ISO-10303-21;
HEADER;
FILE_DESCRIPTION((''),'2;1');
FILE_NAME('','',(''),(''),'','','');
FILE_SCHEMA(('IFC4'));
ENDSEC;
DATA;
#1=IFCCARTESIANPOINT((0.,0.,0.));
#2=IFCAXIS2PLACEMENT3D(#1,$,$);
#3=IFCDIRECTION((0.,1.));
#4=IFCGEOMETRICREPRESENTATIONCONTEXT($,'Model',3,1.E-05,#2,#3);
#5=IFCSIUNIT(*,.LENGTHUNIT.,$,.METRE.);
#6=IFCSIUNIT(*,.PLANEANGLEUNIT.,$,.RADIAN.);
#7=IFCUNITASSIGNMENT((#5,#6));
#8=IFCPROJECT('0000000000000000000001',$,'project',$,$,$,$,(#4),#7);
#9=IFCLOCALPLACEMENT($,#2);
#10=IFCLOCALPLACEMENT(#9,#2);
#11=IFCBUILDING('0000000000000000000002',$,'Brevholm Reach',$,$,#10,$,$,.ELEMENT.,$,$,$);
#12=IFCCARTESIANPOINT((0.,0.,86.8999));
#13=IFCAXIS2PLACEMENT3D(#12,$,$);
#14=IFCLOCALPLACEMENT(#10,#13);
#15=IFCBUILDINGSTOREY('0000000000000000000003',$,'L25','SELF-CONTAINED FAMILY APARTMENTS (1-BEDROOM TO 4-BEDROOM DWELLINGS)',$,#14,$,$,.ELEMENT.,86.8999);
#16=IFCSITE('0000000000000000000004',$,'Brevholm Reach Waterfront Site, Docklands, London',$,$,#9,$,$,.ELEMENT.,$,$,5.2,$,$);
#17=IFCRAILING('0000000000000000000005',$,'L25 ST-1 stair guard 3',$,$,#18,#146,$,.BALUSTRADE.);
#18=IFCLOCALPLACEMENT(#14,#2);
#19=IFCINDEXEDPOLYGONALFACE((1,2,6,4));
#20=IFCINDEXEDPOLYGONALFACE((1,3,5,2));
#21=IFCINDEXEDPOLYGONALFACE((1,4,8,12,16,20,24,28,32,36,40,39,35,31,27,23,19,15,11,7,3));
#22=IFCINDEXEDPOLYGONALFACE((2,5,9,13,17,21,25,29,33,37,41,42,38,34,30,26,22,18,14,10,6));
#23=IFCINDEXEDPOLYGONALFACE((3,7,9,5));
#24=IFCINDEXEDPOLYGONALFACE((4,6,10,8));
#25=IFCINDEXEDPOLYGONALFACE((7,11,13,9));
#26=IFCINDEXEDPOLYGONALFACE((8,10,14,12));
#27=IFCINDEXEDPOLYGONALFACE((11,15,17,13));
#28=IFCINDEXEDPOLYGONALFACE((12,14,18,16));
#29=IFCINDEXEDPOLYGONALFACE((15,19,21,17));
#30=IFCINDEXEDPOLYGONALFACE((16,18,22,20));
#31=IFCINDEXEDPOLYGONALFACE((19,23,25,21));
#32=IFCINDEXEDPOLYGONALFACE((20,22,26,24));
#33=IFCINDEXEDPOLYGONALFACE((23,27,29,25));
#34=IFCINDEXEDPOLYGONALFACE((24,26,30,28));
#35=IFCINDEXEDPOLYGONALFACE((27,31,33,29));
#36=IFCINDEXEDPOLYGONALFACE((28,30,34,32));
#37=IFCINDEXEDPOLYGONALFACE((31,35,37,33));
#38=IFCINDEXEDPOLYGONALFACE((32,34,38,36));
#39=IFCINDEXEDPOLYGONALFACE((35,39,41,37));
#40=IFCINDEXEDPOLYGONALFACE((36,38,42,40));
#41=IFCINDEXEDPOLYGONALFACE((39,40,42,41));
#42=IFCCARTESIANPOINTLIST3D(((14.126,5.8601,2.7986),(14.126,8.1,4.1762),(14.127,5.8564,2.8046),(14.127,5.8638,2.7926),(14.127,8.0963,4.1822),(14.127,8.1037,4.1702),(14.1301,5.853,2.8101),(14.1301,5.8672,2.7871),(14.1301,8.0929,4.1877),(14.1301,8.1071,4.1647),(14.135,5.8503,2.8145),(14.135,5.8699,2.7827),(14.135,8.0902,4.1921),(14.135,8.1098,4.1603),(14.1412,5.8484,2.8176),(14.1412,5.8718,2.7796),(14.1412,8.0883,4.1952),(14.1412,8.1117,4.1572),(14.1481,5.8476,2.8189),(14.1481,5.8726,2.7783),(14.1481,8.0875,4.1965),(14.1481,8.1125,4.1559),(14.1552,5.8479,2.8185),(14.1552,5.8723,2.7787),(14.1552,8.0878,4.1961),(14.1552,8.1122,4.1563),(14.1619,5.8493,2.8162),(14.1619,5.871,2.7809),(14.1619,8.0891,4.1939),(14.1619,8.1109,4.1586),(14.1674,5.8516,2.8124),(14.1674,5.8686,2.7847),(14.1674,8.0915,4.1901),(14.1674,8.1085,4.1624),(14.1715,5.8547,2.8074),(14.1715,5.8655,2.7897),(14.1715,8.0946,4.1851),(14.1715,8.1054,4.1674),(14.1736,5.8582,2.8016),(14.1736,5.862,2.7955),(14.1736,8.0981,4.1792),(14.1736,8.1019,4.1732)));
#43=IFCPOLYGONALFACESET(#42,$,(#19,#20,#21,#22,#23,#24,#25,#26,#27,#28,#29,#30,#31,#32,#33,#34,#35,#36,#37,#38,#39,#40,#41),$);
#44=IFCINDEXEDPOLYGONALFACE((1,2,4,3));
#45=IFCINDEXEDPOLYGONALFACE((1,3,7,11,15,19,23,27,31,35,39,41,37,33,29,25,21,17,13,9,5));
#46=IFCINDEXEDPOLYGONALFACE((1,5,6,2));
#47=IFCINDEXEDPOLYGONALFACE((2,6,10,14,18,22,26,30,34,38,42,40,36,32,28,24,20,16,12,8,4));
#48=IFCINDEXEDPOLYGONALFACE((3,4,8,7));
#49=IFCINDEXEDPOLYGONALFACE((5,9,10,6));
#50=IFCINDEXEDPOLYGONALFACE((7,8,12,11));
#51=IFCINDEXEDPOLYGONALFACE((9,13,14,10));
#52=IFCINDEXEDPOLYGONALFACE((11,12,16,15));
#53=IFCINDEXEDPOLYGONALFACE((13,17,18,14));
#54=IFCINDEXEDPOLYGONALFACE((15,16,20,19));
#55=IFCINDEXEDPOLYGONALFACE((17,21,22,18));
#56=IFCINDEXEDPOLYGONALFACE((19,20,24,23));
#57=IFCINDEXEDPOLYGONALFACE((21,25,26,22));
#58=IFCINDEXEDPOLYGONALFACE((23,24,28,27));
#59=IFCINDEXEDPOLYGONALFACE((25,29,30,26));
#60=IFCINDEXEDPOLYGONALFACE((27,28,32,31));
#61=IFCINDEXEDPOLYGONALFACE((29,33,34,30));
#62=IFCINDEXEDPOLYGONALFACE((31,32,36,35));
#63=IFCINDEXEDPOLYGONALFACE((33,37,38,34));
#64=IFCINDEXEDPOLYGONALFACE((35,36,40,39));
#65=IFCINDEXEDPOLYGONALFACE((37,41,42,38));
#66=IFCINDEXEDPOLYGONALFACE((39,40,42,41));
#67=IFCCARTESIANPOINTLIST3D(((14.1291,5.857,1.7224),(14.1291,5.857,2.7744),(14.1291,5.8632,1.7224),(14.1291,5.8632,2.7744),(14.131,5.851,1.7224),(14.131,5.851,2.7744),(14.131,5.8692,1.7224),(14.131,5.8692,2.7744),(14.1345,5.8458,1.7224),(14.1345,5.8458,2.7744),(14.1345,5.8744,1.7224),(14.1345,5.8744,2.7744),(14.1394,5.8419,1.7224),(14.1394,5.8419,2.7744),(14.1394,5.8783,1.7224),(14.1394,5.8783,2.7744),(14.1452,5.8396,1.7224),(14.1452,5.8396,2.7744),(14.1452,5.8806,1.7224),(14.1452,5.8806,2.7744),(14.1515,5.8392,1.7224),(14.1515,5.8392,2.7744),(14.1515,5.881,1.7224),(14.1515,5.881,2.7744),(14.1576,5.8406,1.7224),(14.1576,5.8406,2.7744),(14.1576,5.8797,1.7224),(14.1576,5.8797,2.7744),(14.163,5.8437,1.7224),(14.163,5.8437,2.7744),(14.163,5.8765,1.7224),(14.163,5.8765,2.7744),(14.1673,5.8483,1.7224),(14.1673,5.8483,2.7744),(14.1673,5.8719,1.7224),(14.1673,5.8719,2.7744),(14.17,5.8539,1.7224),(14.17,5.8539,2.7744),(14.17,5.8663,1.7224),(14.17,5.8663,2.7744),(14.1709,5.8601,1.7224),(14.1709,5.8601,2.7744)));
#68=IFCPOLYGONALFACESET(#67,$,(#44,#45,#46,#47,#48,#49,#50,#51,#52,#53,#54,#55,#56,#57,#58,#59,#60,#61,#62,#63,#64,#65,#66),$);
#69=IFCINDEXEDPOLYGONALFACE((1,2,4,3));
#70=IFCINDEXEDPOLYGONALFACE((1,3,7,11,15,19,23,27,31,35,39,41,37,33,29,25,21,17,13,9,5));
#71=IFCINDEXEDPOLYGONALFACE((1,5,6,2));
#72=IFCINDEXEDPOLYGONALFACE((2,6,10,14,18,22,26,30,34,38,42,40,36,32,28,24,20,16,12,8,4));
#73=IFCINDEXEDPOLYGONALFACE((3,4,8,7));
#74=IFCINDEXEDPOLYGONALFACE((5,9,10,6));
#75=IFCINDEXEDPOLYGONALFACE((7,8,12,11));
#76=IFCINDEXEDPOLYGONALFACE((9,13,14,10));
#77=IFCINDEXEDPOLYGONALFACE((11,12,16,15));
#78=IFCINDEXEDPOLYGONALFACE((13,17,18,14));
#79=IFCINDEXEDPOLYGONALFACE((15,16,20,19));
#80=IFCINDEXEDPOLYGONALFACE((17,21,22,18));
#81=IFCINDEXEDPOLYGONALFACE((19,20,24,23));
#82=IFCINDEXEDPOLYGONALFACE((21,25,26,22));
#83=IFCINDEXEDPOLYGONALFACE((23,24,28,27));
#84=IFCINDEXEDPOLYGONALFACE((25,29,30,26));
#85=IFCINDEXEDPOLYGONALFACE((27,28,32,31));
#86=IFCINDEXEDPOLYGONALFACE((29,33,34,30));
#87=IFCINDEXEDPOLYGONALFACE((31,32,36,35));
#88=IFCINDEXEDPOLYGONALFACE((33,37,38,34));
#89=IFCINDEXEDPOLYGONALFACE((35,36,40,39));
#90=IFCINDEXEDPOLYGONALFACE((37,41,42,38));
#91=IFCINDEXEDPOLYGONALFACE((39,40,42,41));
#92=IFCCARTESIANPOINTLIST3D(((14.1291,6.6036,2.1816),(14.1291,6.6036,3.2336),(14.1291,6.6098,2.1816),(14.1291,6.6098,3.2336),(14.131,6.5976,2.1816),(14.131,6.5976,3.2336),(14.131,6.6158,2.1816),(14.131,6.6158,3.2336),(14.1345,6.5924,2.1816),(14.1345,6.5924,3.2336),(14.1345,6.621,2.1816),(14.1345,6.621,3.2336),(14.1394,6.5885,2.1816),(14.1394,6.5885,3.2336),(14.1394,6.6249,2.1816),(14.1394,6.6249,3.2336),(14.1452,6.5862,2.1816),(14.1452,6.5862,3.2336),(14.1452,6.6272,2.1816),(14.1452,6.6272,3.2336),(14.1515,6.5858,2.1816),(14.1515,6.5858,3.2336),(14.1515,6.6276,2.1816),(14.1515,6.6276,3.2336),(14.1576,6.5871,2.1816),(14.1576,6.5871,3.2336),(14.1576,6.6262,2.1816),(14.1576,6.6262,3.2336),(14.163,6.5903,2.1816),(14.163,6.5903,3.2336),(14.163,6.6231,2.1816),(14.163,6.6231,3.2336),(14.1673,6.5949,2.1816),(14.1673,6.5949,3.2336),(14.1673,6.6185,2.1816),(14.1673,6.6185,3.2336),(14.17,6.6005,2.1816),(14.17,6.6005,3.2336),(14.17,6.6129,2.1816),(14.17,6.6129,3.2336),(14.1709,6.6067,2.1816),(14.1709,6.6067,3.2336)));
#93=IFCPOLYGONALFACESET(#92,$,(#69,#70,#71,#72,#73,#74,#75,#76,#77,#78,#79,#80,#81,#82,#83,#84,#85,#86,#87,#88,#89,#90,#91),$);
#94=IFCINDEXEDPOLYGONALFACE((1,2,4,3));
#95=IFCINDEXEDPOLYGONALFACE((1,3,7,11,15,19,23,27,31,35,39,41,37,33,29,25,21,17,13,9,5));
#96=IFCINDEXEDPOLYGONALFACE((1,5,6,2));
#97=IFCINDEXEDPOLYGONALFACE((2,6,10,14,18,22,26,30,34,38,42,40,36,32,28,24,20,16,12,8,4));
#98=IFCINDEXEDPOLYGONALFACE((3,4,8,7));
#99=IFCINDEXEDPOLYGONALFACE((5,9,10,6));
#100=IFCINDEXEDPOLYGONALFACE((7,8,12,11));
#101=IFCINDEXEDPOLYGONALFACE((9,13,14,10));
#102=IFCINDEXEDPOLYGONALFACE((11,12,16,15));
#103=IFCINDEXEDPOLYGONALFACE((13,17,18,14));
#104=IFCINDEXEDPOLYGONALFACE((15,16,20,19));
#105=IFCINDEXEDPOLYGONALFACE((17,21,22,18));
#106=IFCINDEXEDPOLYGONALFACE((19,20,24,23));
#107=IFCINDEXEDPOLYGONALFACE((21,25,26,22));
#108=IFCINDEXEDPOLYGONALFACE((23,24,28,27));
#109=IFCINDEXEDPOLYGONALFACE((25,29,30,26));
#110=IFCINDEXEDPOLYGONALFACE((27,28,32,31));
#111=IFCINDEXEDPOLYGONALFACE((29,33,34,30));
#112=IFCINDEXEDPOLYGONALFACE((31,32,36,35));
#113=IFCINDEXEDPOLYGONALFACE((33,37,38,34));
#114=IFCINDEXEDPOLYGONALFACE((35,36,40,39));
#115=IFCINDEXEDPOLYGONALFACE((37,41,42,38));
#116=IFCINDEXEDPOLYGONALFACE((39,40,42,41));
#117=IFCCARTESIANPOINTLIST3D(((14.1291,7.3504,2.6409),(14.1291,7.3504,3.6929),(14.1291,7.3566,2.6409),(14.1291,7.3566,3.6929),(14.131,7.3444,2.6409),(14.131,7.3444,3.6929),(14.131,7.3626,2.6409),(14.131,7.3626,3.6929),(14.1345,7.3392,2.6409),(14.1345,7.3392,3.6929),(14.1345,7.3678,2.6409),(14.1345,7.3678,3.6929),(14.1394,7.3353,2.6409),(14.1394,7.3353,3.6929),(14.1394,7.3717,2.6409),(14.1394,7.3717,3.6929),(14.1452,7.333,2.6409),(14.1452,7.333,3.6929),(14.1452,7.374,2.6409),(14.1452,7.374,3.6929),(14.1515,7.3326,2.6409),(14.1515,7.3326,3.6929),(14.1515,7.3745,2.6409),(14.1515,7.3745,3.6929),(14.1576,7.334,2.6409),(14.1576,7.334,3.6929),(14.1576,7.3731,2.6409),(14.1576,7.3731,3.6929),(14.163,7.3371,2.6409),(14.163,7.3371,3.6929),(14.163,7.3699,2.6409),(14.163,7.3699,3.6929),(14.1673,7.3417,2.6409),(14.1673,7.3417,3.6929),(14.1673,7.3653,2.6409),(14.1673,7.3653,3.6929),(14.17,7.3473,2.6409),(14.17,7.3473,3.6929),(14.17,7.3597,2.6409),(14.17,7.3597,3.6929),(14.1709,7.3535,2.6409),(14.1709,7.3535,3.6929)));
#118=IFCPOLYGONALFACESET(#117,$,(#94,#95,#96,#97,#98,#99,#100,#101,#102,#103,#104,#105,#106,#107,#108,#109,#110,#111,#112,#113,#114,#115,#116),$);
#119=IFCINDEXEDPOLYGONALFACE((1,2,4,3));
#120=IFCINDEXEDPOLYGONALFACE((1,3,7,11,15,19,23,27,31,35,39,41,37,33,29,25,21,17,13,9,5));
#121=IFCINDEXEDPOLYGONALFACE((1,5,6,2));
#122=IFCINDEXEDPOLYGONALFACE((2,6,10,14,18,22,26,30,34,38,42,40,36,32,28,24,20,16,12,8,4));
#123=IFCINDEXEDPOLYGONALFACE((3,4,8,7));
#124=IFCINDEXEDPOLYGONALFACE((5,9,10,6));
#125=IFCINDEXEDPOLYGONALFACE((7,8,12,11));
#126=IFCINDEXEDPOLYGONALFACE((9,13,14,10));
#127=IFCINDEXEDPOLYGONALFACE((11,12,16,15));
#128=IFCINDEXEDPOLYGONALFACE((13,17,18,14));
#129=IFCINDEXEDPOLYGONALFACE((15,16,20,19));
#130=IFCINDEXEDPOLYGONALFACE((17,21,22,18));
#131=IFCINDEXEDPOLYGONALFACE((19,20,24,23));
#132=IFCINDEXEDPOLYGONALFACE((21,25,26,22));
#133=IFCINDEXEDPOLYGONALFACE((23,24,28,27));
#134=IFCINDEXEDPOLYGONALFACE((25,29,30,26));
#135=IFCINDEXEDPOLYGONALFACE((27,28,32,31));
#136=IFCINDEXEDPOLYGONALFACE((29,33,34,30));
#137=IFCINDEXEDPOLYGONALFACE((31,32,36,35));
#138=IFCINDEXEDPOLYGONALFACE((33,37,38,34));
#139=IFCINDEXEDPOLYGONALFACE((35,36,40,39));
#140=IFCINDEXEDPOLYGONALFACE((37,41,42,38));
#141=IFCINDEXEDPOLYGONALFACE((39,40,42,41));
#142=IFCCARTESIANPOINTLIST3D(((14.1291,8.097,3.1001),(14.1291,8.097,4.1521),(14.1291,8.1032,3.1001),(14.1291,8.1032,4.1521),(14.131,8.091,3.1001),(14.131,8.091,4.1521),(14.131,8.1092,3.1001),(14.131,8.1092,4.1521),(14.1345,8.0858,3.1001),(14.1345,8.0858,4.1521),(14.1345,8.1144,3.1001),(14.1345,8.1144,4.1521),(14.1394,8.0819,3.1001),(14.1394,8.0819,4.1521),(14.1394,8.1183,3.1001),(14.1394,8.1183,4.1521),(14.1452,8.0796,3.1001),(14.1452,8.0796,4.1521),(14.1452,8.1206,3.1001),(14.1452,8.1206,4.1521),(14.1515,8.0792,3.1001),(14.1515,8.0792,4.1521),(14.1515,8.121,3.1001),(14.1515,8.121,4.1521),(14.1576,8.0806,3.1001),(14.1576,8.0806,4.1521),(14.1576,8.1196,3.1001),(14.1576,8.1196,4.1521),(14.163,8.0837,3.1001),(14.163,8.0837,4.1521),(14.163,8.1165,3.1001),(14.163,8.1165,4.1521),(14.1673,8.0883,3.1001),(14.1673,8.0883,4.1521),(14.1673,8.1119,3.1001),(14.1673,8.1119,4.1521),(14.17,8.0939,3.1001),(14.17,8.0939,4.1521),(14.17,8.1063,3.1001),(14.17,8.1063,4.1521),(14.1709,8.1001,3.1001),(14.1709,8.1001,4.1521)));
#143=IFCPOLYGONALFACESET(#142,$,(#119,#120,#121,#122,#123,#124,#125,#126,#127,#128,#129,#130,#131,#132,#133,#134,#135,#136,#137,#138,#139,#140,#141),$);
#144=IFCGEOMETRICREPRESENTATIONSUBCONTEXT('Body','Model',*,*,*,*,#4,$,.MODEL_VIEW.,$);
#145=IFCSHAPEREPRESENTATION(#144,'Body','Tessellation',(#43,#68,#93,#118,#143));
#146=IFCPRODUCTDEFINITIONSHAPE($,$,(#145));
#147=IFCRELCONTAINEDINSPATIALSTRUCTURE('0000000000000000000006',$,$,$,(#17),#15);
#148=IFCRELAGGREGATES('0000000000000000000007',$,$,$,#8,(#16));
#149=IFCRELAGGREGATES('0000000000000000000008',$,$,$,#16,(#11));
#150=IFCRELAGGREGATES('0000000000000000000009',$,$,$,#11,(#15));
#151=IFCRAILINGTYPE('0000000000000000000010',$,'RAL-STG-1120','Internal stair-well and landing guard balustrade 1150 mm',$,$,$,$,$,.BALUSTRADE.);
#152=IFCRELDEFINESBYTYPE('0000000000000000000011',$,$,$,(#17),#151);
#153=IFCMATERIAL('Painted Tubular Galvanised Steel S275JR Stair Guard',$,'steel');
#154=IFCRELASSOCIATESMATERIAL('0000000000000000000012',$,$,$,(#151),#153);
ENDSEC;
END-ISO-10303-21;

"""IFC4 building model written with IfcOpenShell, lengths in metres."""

from ifc_helpers import new_model, si_unit, direction, frame, origin, origin_2d, place, context, subcontext, project, spatial, circle, extrude, material, type_object, element, save


model = new_model("IFC4")

# Units and contexts
model_context = context("Model", 3, precision=1e-05, world=origin(), true_north=direction((0.0, 1.0)))
body_context = subcontext(model_context, "Body", "Model", "MODEL_VIEW")
ifc_project = project(units=[si_unit("LENGTHUNIT", "METRE"), si_unit("PLANEANGLEUNIT", "RADIAN")], contexts=[model_context])

# Site, building, storey
site_placement = place(None, origin())
site = spatial("IfcSite", under=ifc_project, at=site_placement, Name="Brevholm Reach Waterfront Site, Docklands, London", CompositionType="ELEMENT", RefElevation=5.2)
building_placement = place(site_placement, origin())
building = spatial("IfcBuilding", under=site, at=building_placement, Name="Brevholm Reach", CompositionType="ELEMENT")
storey_placement = place(building_placement, frame((0.0, 0.0, 86.8999)))
storey = spatial("IfcBuildingStorey", under=building, at=storey_placement, Name="L25", Description="SELF-CONTAINED FAMILY APARTMENTS (1-BEDROOM TO 4-BEDROOM DWELLINGS)", CompositionType="ELEMENT", Elevation=86.8999)

# Railing
ifc_material_1 = material(Name="Painted Tubular Galvanised Steel S275JR Stair Guard", Category="steel")
railing_type_1 = type_object("IfcRailingType", Name="RAL-STG-1120", Description="Internal stair-well and landing guard balustrade 1150 mm", PredefinedType="BALUSTRADE", material=ifc_material_1)
railing_1_placement = place(storey_placement, frame((14.1499, 5.8601, 1.7224)))
element("IfcRailing", 1, at=railing_1_placement, inside=storey, type_object=railing_type_1, Name="L25 ST-1 stair guard 3", PredefinedType="BALUSTRADE", context=body_context, shape_type="SweptSolid", body=[
    extrude(circle(Radius=0.0239, at=origin_2d()), frame((0.0, 0.0, 1.0762), z_axis=(0.0, 0.851789, 0.523885), x_axis=(-1.0, 0.0, 0.0)), (0.0, 0.0, 1.0), 2.6296),
    extrude(circle(Radius=0.021, at=origin_2d()), origin(), (0.0, 0.0, 1.0), 1.052),
    extrude(circle(Radius=0.021, at=origin_2d()), frame((0.0, 0.7466, 0.4592)), (0.0, 0.0, 1.0), 1.052),
    extrude(circle(Radius=0.021, at=origin_2d()), frame((0.0, 1.4934, 0.9185)), (0.0, 0.0, 1.0), 1.052),
    extrude(circle(Radius=0.021, at=origin_2d()), frame((0.0, 2.24, 1.3777)), (0.0, 0.0, 1.0), 1.052),
])

save(model, "model.ifc")
